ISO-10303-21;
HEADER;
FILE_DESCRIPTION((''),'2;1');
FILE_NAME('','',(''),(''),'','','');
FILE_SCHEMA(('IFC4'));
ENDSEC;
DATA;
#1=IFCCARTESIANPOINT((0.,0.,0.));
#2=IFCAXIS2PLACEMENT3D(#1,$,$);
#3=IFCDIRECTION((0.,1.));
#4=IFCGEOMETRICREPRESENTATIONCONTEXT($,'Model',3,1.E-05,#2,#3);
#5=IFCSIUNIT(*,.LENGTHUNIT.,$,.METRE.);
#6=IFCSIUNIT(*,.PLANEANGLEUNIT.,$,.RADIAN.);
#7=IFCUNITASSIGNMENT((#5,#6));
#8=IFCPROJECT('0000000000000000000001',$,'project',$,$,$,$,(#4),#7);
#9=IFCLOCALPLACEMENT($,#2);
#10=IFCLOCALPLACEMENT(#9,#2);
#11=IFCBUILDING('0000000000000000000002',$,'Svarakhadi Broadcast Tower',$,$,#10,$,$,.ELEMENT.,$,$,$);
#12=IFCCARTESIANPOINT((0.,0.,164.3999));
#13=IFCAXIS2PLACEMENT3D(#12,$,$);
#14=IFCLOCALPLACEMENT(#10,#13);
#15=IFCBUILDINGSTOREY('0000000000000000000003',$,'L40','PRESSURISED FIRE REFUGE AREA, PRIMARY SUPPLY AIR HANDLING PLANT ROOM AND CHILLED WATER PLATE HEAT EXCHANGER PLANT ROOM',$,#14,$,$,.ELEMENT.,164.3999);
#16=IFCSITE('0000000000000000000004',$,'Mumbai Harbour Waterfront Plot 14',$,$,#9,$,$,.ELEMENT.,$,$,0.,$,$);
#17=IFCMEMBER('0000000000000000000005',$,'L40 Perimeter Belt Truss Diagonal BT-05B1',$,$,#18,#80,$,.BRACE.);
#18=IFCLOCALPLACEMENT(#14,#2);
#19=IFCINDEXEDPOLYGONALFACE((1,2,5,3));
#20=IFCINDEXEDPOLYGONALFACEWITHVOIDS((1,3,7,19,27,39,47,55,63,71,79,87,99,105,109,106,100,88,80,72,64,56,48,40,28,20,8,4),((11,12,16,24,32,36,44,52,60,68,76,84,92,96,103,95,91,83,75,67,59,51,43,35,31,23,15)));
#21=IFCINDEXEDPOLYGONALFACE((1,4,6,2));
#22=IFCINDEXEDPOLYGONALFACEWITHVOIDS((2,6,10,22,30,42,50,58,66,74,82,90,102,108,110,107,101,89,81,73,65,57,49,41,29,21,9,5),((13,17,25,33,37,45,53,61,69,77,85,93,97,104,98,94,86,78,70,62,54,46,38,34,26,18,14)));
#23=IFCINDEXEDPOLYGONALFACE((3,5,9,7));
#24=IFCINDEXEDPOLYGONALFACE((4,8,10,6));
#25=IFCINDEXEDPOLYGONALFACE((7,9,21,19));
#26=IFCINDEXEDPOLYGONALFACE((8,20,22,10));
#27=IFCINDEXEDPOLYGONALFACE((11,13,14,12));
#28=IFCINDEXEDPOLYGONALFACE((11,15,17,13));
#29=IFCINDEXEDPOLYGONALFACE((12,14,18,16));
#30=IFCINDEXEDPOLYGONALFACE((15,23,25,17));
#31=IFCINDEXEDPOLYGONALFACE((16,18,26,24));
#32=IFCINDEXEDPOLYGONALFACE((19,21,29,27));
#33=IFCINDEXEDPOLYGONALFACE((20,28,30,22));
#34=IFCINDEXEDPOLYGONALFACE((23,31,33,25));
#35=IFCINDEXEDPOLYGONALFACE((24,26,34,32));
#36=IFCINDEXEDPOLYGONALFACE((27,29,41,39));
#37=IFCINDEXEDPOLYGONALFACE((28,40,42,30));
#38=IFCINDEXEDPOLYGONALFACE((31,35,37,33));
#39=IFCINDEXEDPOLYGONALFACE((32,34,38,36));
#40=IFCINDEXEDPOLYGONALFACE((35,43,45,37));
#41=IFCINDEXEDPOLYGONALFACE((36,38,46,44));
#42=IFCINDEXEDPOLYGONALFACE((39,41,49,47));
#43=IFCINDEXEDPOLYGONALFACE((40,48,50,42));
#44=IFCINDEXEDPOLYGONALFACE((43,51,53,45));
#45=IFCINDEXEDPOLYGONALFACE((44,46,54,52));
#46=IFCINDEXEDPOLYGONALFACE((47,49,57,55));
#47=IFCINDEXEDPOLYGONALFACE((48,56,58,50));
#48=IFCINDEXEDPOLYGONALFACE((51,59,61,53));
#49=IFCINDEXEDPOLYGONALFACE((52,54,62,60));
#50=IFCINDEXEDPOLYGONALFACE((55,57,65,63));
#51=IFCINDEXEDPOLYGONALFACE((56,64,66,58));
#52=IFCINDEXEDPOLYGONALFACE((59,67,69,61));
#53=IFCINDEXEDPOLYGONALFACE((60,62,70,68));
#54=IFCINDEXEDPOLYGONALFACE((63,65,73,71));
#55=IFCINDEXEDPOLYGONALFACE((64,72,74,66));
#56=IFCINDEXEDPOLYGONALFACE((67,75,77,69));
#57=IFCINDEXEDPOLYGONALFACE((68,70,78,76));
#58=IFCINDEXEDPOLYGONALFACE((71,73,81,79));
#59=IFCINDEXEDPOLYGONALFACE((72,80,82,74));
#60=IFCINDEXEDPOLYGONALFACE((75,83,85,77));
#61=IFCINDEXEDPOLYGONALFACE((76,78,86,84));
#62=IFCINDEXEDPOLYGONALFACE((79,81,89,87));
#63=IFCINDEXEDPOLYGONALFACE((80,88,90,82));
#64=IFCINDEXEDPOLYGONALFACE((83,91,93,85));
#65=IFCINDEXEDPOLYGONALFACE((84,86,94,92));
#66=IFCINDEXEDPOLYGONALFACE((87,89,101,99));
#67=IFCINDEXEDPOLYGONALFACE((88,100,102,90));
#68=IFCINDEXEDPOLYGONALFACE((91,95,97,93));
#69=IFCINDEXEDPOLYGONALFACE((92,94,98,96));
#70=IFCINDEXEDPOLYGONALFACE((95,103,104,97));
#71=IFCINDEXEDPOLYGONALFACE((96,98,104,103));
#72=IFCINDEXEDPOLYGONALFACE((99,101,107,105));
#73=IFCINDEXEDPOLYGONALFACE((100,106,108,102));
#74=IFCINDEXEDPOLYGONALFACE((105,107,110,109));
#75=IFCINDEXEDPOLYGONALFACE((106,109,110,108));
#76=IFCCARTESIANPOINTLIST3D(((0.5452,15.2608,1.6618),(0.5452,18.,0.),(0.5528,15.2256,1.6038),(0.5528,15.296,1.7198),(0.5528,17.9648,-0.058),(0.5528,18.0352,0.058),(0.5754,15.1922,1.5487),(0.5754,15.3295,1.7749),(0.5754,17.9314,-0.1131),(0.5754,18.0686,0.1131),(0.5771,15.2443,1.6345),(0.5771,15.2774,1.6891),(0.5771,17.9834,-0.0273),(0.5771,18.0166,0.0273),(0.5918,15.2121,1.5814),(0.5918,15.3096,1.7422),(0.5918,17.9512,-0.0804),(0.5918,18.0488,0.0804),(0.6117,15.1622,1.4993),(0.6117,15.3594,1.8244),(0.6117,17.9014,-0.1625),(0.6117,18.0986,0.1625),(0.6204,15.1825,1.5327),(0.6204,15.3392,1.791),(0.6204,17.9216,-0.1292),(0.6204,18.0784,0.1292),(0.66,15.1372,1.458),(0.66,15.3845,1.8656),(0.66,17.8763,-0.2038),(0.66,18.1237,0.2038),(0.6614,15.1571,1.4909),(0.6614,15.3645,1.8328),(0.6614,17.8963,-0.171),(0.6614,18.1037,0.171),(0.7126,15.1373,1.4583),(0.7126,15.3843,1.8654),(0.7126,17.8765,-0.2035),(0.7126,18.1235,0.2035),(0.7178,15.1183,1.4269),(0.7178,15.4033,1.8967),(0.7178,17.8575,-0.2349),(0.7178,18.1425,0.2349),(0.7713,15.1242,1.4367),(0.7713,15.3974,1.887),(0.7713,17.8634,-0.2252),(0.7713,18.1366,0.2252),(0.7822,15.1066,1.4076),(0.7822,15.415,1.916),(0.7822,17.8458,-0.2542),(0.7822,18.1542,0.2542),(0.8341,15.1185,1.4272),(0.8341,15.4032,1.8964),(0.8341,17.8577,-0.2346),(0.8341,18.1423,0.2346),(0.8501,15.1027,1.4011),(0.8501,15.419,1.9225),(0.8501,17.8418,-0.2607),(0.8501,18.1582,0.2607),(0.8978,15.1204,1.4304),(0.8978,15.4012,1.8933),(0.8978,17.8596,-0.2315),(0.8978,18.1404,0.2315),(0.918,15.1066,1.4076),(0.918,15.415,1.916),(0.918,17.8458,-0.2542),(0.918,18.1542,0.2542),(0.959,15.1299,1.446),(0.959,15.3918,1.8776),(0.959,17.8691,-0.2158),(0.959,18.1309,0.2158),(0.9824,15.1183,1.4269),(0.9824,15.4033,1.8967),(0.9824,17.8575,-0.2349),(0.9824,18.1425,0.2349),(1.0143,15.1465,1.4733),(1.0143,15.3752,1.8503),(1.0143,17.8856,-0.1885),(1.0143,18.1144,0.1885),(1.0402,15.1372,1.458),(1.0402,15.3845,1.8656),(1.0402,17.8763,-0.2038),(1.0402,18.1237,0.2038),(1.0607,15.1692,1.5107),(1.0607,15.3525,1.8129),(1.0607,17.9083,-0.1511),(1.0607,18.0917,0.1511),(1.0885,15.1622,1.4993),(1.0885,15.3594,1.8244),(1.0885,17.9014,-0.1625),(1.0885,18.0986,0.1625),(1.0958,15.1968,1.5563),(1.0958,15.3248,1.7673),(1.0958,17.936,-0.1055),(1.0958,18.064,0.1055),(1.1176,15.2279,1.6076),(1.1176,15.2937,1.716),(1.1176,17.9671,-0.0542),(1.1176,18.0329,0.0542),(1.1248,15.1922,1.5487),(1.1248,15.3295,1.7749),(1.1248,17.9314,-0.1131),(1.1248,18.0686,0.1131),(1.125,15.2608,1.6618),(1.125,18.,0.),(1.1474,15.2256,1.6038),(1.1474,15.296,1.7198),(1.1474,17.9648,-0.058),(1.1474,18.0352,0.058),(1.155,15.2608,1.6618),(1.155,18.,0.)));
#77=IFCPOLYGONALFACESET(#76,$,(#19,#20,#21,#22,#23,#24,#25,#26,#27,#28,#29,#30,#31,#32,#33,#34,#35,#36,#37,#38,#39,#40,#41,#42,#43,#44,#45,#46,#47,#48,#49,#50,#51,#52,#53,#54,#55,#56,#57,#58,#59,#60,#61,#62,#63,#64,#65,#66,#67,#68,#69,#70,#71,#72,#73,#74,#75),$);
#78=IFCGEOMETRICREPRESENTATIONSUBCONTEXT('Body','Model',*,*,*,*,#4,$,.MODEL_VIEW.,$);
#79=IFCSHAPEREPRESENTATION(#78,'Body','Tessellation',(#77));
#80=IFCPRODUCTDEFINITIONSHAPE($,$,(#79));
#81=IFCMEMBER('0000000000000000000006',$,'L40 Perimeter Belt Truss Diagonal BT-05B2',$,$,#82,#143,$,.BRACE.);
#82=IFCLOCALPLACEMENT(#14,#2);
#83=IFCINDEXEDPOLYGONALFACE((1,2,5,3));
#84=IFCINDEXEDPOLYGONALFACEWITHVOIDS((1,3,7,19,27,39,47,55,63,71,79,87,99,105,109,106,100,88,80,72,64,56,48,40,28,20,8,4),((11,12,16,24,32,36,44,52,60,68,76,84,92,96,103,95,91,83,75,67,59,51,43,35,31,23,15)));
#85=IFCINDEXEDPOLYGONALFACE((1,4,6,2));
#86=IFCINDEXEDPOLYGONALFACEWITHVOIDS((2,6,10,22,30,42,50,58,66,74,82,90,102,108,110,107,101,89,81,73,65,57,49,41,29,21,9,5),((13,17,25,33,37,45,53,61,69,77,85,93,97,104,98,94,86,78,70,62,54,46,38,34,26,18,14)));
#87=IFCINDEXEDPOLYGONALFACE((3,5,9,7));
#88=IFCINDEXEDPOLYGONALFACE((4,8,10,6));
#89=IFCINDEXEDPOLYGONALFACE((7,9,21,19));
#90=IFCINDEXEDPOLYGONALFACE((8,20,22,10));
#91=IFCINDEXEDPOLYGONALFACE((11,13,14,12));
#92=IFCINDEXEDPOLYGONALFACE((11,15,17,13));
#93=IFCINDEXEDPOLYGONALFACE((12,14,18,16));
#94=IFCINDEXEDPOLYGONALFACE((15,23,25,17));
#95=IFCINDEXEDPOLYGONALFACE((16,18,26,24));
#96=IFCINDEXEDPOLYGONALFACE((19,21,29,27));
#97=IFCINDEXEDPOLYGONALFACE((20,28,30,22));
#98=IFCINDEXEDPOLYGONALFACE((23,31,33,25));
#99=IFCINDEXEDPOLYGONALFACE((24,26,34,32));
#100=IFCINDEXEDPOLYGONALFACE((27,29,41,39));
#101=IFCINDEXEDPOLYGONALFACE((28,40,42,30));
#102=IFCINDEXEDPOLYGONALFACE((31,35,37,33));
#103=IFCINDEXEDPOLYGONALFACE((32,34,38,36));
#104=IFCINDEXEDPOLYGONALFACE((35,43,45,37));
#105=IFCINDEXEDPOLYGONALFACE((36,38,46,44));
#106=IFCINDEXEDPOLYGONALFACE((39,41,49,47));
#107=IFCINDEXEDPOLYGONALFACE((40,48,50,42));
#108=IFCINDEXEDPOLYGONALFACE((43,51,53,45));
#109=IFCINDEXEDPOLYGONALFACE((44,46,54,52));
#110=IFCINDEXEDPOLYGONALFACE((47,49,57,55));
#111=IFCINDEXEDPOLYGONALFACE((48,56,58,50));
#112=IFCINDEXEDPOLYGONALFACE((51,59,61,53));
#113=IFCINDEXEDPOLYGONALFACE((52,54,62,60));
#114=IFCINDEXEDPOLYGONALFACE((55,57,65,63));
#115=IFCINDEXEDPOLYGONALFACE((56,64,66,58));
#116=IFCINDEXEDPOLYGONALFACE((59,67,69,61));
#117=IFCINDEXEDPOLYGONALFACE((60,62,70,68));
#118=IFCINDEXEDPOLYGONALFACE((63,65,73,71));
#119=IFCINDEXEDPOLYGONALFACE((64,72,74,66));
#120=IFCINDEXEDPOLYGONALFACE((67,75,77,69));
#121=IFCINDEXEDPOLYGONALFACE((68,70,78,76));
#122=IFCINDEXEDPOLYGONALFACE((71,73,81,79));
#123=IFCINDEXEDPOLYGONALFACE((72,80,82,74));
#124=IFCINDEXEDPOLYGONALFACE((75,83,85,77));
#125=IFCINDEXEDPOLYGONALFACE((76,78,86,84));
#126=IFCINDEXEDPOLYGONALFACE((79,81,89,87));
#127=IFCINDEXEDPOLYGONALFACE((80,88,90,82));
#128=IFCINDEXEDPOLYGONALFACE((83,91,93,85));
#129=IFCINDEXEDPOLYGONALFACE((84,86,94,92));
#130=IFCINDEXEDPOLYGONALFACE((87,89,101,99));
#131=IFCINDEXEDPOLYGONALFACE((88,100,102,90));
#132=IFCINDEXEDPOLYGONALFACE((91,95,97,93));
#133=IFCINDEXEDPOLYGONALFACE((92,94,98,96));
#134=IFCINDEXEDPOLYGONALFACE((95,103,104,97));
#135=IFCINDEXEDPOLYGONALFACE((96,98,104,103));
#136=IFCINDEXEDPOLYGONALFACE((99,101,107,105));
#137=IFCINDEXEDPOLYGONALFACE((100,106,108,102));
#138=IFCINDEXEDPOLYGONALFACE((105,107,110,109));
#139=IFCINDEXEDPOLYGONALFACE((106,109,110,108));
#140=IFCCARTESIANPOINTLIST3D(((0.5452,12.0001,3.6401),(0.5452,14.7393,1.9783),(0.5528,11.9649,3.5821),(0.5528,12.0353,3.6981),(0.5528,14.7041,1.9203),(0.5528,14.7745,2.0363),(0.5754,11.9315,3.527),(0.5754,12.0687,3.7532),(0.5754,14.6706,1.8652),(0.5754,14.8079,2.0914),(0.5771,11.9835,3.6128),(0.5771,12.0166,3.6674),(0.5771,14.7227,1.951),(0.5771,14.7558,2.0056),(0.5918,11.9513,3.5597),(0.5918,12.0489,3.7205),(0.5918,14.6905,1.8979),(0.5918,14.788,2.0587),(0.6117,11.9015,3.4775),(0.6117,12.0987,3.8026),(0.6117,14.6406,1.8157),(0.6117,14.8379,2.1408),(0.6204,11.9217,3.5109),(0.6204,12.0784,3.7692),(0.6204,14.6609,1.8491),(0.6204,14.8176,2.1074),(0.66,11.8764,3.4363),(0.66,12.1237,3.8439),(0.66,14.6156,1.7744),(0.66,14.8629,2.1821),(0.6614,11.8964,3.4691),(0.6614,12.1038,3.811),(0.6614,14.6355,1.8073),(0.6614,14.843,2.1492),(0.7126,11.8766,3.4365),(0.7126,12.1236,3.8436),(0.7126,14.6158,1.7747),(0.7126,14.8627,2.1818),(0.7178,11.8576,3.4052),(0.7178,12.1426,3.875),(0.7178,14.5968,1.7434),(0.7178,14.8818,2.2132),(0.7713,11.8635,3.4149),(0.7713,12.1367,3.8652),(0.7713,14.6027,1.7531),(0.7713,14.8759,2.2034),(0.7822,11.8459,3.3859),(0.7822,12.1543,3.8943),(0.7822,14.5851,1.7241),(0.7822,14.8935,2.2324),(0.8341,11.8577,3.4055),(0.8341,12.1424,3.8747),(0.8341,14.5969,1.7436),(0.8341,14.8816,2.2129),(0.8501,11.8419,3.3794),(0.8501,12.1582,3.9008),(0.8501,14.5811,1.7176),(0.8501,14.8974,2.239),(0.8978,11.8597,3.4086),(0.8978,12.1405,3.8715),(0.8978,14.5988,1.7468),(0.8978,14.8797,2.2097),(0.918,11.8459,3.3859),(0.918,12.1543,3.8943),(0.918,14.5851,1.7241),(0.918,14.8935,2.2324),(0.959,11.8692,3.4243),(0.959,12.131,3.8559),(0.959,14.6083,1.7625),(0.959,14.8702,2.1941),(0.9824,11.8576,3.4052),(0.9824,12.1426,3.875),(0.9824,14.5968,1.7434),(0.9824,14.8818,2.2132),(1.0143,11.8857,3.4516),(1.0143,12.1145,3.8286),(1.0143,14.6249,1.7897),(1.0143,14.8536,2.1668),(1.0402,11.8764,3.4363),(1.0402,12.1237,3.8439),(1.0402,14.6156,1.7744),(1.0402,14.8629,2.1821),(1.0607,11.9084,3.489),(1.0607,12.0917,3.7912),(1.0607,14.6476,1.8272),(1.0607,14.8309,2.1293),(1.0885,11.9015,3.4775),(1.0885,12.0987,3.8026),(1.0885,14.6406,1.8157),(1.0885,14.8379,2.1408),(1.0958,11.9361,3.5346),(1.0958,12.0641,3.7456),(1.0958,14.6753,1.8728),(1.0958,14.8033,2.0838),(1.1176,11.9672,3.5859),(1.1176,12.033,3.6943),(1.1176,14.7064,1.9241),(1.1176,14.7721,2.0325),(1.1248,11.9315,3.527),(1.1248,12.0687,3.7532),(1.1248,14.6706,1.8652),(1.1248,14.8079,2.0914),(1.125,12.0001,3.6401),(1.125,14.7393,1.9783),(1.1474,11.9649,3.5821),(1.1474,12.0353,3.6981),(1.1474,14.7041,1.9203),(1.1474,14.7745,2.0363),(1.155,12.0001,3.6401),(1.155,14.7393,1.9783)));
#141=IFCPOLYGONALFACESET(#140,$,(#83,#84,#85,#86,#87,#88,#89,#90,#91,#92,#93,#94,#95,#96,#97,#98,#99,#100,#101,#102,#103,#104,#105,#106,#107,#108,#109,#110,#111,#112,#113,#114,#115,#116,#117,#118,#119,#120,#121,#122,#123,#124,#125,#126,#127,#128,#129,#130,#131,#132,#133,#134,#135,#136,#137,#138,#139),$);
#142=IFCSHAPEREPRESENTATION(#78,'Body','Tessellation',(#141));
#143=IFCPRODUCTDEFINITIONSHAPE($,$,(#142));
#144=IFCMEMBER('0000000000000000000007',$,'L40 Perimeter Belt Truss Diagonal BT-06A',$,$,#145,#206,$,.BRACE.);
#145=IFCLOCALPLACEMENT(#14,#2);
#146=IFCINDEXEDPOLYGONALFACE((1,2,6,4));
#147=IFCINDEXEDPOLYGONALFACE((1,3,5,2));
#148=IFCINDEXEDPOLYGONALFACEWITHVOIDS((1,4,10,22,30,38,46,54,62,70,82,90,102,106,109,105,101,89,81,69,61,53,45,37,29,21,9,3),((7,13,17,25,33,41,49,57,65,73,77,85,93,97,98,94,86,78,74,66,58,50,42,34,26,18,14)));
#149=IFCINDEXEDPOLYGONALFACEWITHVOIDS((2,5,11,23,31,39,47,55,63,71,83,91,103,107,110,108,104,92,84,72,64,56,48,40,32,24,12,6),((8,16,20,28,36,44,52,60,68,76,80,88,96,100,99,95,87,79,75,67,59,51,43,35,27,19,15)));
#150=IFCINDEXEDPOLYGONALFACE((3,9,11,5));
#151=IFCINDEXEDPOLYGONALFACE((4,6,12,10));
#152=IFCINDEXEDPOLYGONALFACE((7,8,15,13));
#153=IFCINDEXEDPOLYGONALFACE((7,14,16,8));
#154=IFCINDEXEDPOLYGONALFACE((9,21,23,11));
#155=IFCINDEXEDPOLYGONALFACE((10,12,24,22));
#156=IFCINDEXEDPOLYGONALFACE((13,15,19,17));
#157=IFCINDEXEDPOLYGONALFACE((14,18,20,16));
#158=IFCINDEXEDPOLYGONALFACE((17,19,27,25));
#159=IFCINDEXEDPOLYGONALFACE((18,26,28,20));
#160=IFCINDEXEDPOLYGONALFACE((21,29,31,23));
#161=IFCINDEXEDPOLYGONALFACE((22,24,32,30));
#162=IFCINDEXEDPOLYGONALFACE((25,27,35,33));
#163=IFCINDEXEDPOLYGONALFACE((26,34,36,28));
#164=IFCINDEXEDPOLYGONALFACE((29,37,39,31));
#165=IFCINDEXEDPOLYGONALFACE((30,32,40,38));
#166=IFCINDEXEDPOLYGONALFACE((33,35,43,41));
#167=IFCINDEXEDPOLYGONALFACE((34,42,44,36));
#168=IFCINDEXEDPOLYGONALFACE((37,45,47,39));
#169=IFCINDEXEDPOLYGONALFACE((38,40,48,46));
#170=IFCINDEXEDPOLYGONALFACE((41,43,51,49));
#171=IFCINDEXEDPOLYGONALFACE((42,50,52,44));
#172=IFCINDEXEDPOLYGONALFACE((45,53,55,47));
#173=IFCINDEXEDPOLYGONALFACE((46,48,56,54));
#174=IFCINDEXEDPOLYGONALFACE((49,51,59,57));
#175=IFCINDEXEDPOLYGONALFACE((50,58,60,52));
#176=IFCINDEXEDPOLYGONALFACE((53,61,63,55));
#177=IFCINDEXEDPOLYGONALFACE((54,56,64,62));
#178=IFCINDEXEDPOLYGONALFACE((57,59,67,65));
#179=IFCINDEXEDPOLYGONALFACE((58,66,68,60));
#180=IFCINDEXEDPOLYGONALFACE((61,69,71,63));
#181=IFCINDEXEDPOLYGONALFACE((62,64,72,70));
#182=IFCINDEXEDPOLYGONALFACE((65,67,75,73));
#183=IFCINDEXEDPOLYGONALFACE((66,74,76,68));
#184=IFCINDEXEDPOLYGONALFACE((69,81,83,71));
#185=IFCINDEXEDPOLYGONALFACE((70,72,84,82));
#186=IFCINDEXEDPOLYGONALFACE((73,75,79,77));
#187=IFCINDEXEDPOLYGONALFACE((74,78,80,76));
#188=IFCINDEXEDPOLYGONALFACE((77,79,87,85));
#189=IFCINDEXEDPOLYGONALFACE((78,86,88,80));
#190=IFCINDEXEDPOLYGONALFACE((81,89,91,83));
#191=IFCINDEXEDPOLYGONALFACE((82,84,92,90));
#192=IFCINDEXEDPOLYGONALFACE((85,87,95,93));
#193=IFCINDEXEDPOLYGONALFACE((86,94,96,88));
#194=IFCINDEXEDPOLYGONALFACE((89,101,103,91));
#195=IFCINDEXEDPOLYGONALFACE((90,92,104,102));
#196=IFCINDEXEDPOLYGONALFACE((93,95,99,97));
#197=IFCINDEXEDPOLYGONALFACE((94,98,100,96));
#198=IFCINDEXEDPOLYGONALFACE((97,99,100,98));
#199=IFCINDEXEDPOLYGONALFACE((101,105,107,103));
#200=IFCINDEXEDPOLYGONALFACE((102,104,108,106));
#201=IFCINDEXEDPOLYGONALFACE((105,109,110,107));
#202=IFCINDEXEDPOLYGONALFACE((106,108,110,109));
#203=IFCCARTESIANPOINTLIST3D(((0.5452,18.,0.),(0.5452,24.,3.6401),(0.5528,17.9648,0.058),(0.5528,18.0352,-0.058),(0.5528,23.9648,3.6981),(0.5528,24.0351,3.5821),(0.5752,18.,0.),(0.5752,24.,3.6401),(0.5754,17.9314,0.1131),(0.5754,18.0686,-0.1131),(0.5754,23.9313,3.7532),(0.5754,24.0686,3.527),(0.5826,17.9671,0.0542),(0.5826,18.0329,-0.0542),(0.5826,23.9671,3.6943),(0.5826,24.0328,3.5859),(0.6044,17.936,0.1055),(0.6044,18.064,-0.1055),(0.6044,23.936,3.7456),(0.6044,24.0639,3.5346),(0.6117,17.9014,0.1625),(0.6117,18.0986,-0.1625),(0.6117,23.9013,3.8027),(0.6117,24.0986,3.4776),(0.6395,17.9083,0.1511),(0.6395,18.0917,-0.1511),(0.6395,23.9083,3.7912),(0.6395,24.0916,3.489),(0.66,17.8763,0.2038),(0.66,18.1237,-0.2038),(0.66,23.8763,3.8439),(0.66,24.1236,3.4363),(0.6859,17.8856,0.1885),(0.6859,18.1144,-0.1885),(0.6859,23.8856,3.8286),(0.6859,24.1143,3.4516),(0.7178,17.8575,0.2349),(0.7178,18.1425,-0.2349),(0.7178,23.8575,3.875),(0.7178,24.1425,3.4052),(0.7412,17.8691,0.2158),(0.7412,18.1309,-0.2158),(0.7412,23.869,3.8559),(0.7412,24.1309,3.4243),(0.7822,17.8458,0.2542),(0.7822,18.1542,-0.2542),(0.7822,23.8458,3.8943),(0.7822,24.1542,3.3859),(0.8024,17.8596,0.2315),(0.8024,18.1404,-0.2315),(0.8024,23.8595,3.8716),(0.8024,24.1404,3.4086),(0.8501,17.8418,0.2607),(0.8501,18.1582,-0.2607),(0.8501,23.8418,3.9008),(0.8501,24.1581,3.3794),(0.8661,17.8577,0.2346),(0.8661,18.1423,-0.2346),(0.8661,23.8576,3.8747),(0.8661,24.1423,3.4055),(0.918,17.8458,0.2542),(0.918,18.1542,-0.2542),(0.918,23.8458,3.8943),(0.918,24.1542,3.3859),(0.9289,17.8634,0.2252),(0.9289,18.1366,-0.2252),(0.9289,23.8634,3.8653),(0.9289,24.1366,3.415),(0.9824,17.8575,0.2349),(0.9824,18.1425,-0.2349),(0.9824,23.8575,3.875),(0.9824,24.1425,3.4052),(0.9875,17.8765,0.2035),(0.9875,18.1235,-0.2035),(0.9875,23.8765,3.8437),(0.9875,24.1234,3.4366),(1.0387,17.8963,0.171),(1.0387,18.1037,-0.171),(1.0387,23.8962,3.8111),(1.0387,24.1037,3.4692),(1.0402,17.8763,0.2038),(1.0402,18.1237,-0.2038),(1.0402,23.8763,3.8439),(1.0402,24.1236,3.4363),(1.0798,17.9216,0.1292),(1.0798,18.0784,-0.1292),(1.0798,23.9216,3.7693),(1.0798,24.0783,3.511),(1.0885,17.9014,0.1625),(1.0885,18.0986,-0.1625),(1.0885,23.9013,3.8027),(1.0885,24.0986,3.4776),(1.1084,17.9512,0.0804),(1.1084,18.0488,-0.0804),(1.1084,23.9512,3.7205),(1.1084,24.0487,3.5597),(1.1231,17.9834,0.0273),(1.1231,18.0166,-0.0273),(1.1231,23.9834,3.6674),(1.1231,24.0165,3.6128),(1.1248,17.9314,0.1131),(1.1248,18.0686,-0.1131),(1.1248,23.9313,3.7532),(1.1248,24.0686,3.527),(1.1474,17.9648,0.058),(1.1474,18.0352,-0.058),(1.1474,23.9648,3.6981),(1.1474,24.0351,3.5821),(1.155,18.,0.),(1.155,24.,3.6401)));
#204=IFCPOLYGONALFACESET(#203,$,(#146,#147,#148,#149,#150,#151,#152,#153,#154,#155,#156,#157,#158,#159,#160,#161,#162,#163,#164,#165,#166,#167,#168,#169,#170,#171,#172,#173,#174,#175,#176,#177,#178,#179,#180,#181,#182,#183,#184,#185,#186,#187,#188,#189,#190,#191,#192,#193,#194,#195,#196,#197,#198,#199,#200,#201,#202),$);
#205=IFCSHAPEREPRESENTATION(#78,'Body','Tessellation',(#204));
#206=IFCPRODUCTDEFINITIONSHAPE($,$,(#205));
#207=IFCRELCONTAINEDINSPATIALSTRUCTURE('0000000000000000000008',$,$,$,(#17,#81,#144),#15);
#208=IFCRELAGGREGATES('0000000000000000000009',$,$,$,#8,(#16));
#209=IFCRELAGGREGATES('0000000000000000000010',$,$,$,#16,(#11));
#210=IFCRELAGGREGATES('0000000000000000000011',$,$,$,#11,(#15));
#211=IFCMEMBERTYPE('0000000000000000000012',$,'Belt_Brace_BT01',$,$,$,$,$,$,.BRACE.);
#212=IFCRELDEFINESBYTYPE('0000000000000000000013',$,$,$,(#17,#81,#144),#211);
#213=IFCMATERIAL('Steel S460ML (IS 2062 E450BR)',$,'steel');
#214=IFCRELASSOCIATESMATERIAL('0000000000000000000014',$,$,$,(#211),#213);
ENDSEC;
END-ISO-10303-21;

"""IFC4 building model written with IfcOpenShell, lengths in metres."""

from ifc_helpers import new_model, si_unit, direction, frame, origin, origin_2d, place, context, subcontext, project, spatial, hollow_circle, extrude, material, material_profile, profile_set, type_object, element, save


model = new_model("IFC4")

# Units and contexts
model_context = context("Model", 3, precision=1e-05, world=origin(), true_north=direction((0.0, 1.0)))
body_context = subcontext(model_context, "Body", "Model", "MODEL_VIEW")
ifc_project = project(units=[si_unit("LENGTHUNIT", "METRE"), si_unit("PLANEANGLEUNIT", "RADIAN")], contexts=[model_context])

# Site, building, storey
site_placement = place(None, origin())
site = spatial("IfcSite", under=ifc_project, at=site_placement, Name="Mumbai Harbour Waterfront Plot 14", CompositionType="ELEMENT", RefElevation=0.0)
building_placement = place(site_placement, origin())
building = spatial("IfcBuilding", under=site, at=building_placement, Name="Svarakhadi Broadcast Tower", CompositionType="ELEMENT")
storey_placement = place(building_placement, frame((0.0, 0.0, 164.3999)))
storey = spatial("IfcBuildingStorey", under=building, at=storey_placement, Name="L40", Description="PRESSURISED FIRE REFUGE AREA, PRIMARY SUPPLY AIR HANDLING PLANT ROOM AND CHILLED WATER PLATE HEAT EXCHANGER PLANT ROOM", CompositionType="ELEMENT", Elevation=164.3999)

# Shared definitions
ifc_material_1 = material(Name="Steel S460ML (IS 2062 E450BR)", Category="steel")

# Members
ifc_material_profile_1 = material_profile(ifc_material_1, hollow_circle(Radius=0.3049, WallThickness=0.03, at=origin_2d()), Name="CHS 610x30")
ifc_profile_set_1 = profile_set([ifc_material_profile_1], Name="Steel S460ML (IS 2062 E450BR)")
member_type_1 = type_object("IfcMemberType", Name="Belt_Brace_BT01", PredefinedType="BRACE", material=ifc_profile_set_1)
for number, where, z_axis, x_axis, name in (
    (1, (0.8501, 18.0, 0.0), (0.0, -0.854961, 0.518692), (1.0, 0.0, 0.0), "L40 Perimeter Belt Truss Diagonal BT-05B1"),
    (2, (0.8501, 14.7393, 1.9783), (0.0, -0.854961, 0.518692), (1.0, 0.0, 0.0), "L40 Perimeter Belt Truss Diagonal BT-05B2"),
):
    element("IfcMember", number, at=place(storey_placement, frame(where, z_axis=z_axis, x_axis=x_axis)), inside=storey, type_object=member_type_1, Name=name, PredefinedType="BRACE", context=body_context, shape_type="SweptSolid", body=[
        extrude(hollow_circle(Radius=0.3049, WallThickness=0.03, at=origin_2d()), origin(), (0.0, 0.0, 1.0), 3.2039),
    ])
member_1_placement = place(storey_placement, frame((0.8501, 18.0, 0.0), z_axis=(0.0, 0.854959, 0.518695), x_axis=(-1.0, 0.0, 0.0)))
element("IfcMember", 3, at=member_1_placement, inside=storey, type_object=member_type_1, Name="L40 Perimeter Belt Truss Diagonal BT-06A", PredefinedType="BRACE", context=body_context, shape_type="SweptSolid", body=[
    extrude(hollow_circle(Radius=0.3049, WallThickness=0.03, at=origin_2d()), origin(), (0.0, 0.0, 1.0), 7.0178),
])

save(model, "model.ifc")
